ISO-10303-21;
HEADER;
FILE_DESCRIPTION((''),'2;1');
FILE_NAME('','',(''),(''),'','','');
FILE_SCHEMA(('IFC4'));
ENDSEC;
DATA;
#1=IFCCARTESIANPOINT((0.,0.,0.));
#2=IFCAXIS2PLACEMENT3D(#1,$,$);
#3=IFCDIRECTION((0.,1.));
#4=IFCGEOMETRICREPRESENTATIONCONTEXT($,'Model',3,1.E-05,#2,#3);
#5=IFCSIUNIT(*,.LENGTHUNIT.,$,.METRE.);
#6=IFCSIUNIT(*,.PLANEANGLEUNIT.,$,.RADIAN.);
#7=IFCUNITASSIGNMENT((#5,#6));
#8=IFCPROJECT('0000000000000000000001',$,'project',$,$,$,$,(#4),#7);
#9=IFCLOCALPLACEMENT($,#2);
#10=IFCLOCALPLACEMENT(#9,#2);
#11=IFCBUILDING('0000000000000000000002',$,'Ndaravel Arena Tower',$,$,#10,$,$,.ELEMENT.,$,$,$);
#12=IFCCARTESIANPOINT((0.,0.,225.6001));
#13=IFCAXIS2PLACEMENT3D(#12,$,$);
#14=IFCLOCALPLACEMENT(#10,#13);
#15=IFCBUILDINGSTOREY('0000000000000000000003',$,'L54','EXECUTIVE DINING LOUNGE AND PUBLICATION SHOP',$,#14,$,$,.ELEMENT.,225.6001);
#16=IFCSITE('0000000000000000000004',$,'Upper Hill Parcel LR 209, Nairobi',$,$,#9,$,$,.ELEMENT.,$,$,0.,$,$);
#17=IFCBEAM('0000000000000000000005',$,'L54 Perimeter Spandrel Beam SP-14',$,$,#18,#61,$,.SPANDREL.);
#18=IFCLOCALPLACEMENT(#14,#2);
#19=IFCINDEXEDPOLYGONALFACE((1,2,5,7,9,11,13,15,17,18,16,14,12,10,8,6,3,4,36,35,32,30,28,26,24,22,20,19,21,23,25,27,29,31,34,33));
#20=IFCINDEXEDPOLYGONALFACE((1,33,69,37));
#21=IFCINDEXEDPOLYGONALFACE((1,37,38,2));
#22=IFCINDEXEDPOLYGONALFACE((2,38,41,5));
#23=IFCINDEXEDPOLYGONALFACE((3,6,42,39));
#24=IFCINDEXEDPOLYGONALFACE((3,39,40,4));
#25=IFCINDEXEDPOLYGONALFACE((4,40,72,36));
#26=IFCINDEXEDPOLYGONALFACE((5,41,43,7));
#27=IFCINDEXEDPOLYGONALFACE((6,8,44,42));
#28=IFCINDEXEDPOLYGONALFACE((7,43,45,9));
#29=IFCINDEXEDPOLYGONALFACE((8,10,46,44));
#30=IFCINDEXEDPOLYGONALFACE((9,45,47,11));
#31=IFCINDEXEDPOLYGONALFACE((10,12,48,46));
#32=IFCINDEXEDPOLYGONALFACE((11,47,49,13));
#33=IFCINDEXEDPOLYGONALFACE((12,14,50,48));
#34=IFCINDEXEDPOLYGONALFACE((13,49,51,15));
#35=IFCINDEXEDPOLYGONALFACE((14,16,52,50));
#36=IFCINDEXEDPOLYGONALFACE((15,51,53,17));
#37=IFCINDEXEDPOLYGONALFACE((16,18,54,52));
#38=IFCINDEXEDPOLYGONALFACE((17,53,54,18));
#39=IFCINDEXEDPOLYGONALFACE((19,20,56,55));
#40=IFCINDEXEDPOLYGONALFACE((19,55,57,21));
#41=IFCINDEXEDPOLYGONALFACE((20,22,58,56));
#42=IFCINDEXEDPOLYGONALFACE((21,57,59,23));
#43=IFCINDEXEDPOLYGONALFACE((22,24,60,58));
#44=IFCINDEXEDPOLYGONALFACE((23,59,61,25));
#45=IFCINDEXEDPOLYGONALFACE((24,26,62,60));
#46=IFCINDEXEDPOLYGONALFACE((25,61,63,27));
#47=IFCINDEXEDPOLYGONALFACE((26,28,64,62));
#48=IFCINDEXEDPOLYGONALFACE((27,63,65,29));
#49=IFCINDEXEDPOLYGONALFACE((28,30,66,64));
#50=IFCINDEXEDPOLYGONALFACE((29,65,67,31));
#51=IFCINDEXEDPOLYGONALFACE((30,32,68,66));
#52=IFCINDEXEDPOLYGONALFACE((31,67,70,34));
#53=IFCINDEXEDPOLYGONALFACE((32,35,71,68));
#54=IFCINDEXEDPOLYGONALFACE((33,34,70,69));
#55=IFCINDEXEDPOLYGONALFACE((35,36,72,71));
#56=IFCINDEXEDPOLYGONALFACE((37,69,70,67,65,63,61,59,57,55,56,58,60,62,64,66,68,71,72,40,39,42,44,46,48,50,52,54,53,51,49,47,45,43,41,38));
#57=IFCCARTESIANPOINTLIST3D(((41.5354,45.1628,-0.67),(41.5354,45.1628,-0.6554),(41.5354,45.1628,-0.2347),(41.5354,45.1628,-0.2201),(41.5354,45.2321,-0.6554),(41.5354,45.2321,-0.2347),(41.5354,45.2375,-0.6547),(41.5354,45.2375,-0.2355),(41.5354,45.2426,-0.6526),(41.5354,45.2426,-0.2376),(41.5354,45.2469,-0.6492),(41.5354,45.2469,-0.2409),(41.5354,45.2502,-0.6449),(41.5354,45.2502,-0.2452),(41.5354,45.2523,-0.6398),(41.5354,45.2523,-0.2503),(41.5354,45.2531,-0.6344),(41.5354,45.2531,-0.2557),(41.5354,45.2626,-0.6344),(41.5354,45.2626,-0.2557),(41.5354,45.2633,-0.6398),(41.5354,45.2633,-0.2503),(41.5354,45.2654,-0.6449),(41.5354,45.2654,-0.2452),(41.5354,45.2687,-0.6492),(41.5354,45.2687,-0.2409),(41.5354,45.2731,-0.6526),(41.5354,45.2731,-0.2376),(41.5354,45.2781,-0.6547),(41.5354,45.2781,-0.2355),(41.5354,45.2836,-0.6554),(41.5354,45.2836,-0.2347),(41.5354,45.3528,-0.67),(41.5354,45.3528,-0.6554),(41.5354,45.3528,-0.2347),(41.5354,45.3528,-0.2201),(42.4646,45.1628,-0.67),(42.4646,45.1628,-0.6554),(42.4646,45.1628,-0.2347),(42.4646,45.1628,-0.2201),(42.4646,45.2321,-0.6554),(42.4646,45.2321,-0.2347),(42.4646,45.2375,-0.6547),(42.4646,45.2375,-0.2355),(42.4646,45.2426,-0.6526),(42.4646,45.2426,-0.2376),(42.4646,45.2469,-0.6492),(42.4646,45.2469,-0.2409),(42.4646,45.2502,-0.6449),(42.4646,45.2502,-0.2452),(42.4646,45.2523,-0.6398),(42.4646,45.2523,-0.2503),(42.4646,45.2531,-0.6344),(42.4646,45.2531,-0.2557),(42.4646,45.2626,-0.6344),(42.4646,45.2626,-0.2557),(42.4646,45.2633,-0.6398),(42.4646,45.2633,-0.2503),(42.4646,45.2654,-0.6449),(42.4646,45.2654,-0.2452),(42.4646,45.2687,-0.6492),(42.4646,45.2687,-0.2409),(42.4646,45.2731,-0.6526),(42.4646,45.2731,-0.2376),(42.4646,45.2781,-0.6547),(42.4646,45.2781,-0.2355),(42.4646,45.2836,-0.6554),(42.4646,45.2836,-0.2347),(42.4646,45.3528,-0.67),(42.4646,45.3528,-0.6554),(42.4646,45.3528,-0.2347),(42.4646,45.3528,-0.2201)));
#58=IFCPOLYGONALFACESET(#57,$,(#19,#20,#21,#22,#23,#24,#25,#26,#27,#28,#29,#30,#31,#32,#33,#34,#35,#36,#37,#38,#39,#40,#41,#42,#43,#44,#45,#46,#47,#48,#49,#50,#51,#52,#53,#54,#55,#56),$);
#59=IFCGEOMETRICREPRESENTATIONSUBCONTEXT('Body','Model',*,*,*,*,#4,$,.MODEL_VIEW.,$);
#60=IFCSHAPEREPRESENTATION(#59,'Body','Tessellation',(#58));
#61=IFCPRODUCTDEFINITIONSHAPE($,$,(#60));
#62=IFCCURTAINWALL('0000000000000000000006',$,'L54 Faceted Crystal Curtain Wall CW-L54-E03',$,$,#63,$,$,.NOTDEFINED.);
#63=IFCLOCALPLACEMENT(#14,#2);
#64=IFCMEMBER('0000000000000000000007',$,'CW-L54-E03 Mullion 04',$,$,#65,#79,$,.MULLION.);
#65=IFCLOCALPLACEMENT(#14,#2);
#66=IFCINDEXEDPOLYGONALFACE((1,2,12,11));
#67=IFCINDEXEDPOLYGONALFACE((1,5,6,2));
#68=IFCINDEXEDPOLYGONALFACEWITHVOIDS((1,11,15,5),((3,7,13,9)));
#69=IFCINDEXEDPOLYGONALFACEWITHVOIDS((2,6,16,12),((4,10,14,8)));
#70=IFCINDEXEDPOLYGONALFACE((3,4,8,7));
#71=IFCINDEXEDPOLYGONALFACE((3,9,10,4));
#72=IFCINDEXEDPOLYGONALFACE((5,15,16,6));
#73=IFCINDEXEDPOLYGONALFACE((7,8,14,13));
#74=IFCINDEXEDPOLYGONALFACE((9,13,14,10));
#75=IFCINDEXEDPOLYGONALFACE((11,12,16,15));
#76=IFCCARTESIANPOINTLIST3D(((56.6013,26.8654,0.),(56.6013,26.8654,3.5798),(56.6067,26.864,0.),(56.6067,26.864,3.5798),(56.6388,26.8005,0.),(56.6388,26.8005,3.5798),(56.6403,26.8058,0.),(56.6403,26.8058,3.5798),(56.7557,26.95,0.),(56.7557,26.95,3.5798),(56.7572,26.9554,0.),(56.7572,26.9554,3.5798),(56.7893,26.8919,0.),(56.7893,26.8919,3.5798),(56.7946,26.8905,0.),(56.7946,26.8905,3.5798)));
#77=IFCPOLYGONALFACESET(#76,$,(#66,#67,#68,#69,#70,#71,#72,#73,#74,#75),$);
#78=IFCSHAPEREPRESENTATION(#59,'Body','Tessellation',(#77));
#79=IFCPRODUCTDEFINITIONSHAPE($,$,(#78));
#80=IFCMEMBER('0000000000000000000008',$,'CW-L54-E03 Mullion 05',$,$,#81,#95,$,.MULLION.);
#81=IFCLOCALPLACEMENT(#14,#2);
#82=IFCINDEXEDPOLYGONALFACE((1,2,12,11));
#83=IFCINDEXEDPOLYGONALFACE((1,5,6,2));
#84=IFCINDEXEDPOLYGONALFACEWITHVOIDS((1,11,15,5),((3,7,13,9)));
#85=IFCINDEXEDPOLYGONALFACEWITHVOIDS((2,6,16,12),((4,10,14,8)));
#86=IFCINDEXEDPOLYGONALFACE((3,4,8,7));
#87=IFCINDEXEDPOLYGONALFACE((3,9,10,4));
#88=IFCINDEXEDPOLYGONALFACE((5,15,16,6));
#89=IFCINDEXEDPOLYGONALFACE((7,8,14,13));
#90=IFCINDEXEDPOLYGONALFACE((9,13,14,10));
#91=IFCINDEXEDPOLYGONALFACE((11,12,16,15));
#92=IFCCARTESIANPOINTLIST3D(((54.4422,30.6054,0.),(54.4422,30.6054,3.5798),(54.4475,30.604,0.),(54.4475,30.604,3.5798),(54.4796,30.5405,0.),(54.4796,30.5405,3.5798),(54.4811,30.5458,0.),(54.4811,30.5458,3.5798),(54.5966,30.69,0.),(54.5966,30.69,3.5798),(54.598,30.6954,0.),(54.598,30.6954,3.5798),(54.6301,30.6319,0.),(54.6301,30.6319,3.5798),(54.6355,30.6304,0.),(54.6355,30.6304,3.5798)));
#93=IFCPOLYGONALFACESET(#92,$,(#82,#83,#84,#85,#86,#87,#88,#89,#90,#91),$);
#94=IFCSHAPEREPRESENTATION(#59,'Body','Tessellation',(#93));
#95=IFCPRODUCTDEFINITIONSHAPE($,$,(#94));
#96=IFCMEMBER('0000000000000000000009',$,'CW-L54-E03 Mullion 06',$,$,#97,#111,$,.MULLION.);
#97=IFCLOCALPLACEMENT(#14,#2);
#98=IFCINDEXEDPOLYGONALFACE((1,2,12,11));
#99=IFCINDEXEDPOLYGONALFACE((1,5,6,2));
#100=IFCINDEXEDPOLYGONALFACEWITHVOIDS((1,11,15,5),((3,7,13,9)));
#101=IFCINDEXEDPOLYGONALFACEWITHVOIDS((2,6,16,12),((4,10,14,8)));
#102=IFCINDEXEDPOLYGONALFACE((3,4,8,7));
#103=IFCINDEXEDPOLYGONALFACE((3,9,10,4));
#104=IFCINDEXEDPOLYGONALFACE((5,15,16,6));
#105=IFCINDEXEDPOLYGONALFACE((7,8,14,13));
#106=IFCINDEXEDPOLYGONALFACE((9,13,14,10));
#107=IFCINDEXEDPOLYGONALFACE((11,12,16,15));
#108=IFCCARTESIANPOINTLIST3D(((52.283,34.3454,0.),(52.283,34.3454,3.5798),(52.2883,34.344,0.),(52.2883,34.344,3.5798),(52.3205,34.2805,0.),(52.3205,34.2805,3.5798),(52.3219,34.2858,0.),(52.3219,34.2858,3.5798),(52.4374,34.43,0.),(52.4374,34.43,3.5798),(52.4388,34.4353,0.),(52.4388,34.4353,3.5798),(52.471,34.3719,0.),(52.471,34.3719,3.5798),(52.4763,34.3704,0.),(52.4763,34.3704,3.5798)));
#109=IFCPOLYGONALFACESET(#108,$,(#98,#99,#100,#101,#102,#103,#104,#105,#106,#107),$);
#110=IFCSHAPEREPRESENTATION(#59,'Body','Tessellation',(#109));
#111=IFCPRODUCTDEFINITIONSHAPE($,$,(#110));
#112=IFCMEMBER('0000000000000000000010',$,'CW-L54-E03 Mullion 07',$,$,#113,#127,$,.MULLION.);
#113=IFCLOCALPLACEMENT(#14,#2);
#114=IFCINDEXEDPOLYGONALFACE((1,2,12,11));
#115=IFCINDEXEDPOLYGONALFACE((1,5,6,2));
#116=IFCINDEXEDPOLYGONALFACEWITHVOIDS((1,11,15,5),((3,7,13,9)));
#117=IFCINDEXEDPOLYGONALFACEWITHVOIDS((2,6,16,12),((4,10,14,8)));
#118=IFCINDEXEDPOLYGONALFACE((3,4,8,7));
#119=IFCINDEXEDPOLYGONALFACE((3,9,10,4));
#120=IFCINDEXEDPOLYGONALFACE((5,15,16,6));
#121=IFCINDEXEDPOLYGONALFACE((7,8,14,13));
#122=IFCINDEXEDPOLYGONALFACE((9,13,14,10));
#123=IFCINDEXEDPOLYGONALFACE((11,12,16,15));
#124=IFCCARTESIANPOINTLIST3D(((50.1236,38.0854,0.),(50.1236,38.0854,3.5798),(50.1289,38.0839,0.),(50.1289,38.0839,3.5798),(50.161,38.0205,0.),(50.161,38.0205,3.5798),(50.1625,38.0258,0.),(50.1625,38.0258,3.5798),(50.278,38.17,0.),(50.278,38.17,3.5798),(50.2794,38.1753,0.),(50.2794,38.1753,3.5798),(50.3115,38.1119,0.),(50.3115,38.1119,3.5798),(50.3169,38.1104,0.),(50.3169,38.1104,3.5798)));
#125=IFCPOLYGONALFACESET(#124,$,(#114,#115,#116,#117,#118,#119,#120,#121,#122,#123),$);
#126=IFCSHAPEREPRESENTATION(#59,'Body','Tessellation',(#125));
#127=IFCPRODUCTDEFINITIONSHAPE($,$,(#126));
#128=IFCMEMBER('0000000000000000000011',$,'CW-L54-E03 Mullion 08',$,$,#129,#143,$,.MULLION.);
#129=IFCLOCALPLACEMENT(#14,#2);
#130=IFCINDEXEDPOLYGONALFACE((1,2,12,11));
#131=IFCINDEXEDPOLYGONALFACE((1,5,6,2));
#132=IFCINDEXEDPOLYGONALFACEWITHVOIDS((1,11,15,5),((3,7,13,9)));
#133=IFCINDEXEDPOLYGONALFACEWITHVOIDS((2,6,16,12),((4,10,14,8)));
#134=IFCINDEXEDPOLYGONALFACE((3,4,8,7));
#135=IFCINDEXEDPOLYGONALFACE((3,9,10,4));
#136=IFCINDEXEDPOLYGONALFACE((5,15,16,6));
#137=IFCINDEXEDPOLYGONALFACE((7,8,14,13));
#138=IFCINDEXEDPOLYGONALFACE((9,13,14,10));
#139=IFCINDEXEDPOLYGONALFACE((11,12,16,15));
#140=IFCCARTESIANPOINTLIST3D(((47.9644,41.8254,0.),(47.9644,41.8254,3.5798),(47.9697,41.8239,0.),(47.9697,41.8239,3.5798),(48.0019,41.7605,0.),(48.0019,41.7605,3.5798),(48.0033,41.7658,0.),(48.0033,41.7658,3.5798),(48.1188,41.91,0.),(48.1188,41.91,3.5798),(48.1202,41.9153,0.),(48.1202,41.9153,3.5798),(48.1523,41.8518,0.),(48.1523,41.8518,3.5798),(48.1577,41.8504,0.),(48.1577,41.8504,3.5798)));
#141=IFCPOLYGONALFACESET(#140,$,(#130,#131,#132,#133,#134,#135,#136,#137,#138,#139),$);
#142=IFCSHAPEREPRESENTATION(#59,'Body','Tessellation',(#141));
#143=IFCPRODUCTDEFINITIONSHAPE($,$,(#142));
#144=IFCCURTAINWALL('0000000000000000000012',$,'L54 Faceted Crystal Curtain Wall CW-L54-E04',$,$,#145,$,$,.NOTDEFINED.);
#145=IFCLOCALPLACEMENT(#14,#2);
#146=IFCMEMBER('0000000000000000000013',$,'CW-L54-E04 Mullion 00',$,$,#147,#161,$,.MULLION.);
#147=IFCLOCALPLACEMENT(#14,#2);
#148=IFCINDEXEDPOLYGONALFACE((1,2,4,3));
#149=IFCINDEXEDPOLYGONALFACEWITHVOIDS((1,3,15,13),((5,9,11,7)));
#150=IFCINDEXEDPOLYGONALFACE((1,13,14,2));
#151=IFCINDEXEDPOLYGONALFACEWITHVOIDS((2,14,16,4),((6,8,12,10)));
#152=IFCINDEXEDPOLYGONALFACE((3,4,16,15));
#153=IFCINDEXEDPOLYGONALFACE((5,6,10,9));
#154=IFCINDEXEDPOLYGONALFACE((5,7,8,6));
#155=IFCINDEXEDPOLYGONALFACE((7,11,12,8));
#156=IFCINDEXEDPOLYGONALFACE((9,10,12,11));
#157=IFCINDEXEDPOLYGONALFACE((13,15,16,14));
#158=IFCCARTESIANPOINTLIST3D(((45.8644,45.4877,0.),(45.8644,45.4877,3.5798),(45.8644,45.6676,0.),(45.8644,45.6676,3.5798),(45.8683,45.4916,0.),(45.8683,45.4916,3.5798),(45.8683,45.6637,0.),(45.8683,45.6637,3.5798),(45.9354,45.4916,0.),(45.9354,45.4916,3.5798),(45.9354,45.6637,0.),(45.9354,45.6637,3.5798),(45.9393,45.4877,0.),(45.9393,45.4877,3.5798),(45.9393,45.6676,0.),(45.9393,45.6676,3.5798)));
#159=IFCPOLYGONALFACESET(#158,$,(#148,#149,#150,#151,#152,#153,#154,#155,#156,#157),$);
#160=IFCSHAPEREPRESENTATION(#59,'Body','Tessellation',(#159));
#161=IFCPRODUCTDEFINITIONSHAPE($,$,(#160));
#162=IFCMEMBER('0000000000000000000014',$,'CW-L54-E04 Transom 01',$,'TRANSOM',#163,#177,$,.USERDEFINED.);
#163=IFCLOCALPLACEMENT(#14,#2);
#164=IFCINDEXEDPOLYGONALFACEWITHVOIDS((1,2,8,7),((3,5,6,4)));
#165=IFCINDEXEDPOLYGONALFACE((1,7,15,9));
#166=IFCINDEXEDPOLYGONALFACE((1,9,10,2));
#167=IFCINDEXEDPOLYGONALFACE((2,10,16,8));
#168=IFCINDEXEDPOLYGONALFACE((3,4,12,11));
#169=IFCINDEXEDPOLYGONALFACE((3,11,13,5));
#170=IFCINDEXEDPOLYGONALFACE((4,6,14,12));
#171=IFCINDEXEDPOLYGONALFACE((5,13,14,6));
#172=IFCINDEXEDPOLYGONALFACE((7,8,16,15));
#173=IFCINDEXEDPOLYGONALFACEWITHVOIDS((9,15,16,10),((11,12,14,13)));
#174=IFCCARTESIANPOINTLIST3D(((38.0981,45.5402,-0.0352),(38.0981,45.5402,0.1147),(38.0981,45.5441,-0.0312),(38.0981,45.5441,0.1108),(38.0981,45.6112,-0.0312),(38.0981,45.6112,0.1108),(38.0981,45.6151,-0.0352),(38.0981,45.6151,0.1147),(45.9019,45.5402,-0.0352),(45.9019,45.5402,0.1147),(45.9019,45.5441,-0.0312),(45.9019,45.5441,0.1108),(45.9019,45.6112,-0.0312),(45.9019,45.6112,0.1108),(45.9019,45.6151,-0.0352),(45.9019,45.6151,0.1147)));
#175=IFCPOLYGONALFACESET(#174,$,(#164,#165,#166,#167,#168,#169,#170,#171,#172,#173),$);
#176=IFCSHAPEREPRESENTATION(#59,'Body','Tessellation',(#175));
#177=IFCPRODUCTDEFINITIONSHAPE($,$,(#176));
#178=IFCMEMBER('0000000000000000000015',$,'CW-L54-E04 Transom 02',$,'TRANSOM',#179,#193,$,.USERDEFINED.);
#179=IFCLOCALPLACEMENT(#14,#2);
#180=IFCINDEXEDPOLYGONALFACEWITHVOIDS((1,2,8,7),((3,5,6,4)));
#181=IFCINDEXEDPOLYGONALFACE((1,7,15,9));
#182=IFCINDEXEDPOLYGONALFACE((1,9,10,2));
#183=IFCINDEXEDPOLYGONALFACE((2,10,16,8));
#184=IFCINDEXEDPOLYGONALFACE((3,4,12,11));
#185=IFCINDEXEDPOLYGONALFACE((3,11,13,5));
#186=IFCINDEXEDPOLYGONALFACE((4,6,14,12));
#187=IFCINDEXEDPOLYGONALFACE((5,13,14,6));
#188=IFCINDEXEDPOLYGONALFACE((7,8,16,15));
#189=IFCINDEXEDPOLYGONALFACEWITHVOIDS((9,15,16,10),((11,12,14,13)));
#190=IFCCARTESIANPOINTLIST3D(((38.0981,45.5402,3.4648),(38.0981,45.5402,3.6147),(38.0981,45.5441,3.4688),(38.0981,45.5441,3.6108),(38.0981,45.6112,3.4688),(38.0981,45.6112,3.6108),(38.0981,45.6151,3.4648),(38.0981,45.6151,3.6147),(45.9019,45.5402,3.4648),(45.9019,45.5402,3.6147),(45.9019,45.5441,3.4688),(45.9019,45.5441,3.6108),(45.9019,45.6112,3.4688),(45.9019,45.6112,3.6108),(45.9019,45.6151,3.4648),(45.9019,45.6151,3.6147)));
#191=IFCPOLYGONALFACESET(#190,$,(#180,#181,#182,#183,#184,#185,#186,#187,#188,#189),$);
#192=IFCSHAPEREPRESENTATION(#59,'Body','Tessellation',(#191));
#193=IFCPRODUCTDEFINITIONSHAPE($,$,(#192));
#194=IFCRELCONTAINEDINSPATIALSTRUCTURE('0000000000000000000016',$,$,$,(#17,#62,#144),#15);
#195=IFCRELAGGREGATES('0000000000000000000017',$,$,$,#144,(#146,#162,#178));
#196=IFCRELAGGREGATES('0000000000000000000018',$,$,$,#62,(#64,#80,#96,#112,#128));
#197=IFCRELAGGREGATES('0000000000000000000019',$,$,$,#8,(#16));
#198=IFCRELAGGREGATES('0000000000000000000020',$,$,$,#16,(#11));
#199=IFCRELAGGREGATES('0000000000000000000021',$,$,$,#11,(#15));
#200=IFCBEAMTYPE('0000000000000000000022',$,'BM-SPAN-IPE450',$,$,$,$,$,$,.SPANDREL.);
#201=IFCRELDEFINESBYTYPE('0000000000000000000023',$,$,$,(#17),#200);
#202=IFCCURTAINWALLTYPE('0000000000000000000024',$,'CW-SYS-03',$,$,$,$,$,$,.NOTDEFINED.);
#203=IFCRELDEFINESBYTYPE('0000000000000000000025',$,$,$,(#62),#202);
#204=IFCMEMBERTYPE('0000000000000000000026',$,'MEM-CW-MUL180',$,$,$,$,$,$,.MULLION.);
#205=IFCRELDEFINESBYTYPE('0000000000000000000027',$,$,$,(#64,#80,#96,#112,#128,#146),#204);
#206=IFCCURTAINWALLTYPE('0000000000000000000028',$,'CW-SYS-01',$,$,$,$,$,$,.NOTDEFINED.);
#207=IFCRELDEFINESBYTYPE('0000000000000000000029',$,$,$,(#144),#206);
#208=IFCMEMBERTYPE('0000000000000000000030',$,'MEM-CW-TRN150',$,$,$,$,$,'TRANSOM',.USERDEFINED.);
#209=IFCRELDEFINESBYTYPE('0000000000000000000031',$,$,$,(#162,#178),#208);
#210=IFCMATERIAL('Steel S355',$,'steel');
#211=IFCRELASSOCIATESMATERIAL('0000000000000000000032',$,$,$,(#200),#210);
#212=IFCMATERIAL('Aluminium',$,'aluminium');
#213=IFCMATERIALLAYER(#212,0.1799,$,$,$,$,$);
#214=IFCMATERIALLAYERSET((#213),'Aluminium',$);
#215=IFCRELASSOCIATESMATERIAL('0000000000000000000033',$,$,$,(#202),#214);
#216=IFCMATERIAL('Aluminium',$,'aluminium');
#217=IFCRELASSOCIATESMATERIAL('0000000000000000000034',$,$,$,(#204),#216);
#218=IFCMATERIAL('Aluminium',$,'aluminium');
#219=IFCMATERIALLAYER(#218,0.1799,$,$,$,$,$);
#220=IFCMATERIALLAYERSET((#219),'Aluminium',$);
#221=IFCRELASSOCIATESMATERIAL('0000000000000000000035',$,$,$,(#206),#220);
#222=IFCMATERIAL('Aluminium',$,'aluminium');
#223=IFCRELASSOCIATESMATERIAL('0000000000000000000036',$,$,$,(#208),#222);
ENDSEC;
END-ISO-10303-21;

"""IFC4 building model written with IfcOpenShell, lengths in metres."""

from ifc_helpers import new_model, si_unit, direction, frame, origin, origin_2d, place, context, subcontext, project, spatial, hollow_rectangle, i_section, extrude, material, layer, layer_set, material_profile, profile_set, type_object, element, aggregate, save


model = new_model("IFC4")

# Units and contexts
model_context = context("Model", 3, precision=1e-05, world=origin(), true_north=direction((0.0, 1.0)))
body_context = subcontext(model_context, "Body", "Model", "MODEL_VIEW")
ifc_project = project(units=[si_unit("LENGTHUNIT", "METRE"), si_unit("PLANEANGLEUNIT", "RADIAN")], contexts=[model_context])

# Site, building, storey
site_placement = place(None, origin())
site = spatial("IfcSite", under=ifc_project, at=site_placement, Name="Upper Hill Parcel LR 209, Nairobi", CompositionType="ELEMENT", RefElevation=0.0)
building_placement = place(site_placement, origin())
building = spatial("IfcBuilding", under=site, at=building_placement, Name="Ndaravel Arena Tower", CompositionType="ELEMENT")
storey_placement = place(building_placement, frame((0.0, 0.0, 225.6001)))
storey = spatial("IfcBuildingStorey", under=building, at=storey_placement, Name="L54", Description="EXECUTIVE DINING LOUNGE AND PUBLICATION SHOP", CompositionType="ELEMENT", Elevation=225.6001)

# Beam
ifc_material_1 = material(Name="Steel S355", Category="steel")
ifc_material_profile_1 = material_profile(ifc_material_1, i_section(OverallWidth=0.1899, OverallDepth=0.45, WebThickness=0.0095, FlangeThickness=0.0146, FilletRadius=0.021, at=origin_2d()), Name="IPE 450")
ifc_profile_set_1 = profile_set([ifc_material_profile_1], Name="Steel S355")
beam_type_1 = type_object("IfcBeamType", Name="BM-SPAN-IPE450", PredefinedType="SPANDREL", material=ifc_profile_set_1)
for number, where, z_axis, x_axis, name in (
    (1, (42.4646, 45.2578, -0.4451), (-1.0, 0.0, 0.0), (0.0, -1.0, 0.0), "L54 Perimeter Spandrel Beam SP-14"),
):
    element("IfcBeam", number, at=place(storey_placement, frame(where, z_axis=z_axis, x_axis=x_axis)), inside=storey, type_object=beam_type_1, Name=name, PredefinedType="SPANDREL", context=body_context, shape_type="SweptSolid", body=[
        extrude(i_section(OverallWidth=0.1899, OverallDepth=0.45, WebThickness=0.0095, FlangeThickness=0.0146, FilletRadius=0.021, at=origin_2d()), origin(), (0.0, 0.0, 1.0), 0.9292),
    ])

# Curtain wall, members
ifc_material_2 = material(Name="Aluminium", Category="aluminium")
ifc_layer_1 = layer(ifc_material_2, 0.1799)
ifc_layer_set_1 = layer_set([ifc_layer_1], Name="Aluminium")
curtain_wall_type_1 = type_object("IfcCurtainWallType", Name="CW-SYS-03", PredefinedType="NOTDEFINED", material=ifc_layer_set_1)
curtain_wall_1_placement = place(storey_placement, origin())
curtain_wall_1 = element("IfcCurtainWall", 2, at=curtain_wall_1_placement, inside=storey, type_object=curtain_wall_type_1, Name="L54 Faceted Crystal Curtain Wall CW-L54-E03", PredefinedType="NOTDEFINED")
ifc_material_3 = material(Name="Aluminium", Category="aluminium")
ifc_material_profile_2 = material_profile(ifc_material_3, hollow_rectangle(XDim=0.075, YDim=0.1799, WallThickness=0.0039, at=origin_2d()), Name="CW MULLION 75x180x4")
ifc_profile_set_2 = profile_set([ifc_material_profile_2], Name="Aluminium")
member_type_1 = type_object("IfcMemberType", Name="MEM-CW-MUL180", PredefinedType="MULLION", material=ifc_profile_set_2)
member_1_placement = place(storey_placement, frame((56.698, 26.8779, 0.0), z_axis=(0.0, 0.0, 1.0), x_axis=(-0.5, 0.866025, 0.0)))
member_1 = element("IfcMember", 3, at=member_1_placement, type_object=member_type_1, Name="CW-L54-E03 Mullion 04", PredefinedType="MULLION", context=body_context, shape_type="SweptSolid", body=[
    extrude(hollow_rectangle(XDim=0.075, YDim=0.1799, WallThickness=0.0039, at=origin_2d()), origin(), (0.0, 0.0, 1.0), 3.5798),
])
member_2_placement = place(storey_placement, frame((54.5388, 30.6179, 0.0), z_axis=(0.0, 0.0, 1.0), x_axis=(-0.5, 0.866025, 0.0)))
member_2 = element("IfcMember", 4, at=member_2_placement, type_object=member_type_1, Name="CW-L54-E03 Mullion 05", PredefinedType="MULLION", context=body_context, shape_type="SweptSolid", body=[
    extrude(hollow_rectangle(XDim=0.075, YDim=0.1799, WallThickness=0.0039, at=origin_2d()), origin(), (0.0, 0.0, 1.0), 3.5798),
])
member_3_placement = place(storey_placement, frame((52.3796, 34.3579, 0.0), z_axis=(0.0, 0.0, 1.0), x_axis=(-0.5, 0.866025, 0.0)))
member_3 = element("IfcMember", 5, at=member_3_placement, type_object=member_type_1, Name="CW-L54-E03 Mullion 06", PredefinedType="MULLION", context=body_context, shape_type="SweptSolid", body=[
    extrude(hollow_rectangle(XDim=0.075, YDim=0.1799, WallThickness=0.0039, at=origin_2d()), origin(), (0.0, 0.0, 1.0), 3.5798),
])
member_4_placement = place(storey_placement, frame((50.2202, 38.0979, 0.0), z_axis=(0.0, 0.0, 1.0), x_axis=(-0.5, 0.866025, 0.0)))
member_4 = element("IfcMember", 6, at=member_4_placement, type_object=member_type_1, Name="CW-L54-E03 Mullion 07", PredefinedType="MULLION", context=body_context, shape_type="SweptSolid", body=[
    extrude(hollow_rectangle(XDim=0.075, YDim=0.1799, WallThickness=0.0039, at=origin_2d()), origin(), (0.0, 0.0, 1.0), 3.5798),
])
member_5_placement = place(storey_placement, frame((48.061, 41.8379, 0.0), z_axis=(0.0, 0.0, 1.0), x_axis=(-0.5, 0.866025, 0.0)))
member_5 = element("IfcMember", 7, at=member_5_placement, type_object=member_type_1, Name="CW-L54-E03 Mullion 08", PredefinedType="MULLION", context=body_context, shape_type="SweptSolid", body=[
    extrude(hollow_rectangle(XDim=0.075, YDim=0.1799, WallThickness=0.0039, at=origin_2d()), origin(), (0.0, 0.0, 1.0), 3.5798),
])

# Curtain wall, members
ifc_material_4 = material(Name="Aluminium", Category="aluminium")
ifc_layer_2 = layer(ifc_material_4, 0.1799)
ifc_layer_set_2 = layer_set([ifc_layer_2], Name="Aluminium")
curtain_wall_type_2 = type_object("IfcCurtainWallType", Name="CW-SYS-01", PredefinedType="NOTDEFINED", material=ifc_layer_set_2)
curtain_wall_2_placement = place(storey_placement, origin())
curtain_wall_2 = element("IfcCurtainWall", 8, at=curtain_wall_2_placement, inside=storey, type_object=curtain_wall_type_2, Name="L54 Faceted Crystal Curtain Wall CW-L54-E04", PredefinedType="NOTDEFINED")
member_6_placement = place(storey_placement, frame((45.9019, 45.5776, 0.0), z_axis=(0.0, 0.0, 1.0), x_axis=(-1.0, 0.0, 0.0)))
member_6 = element("IfcMember", 9, at=member_6_placement, type_object=member_type_1, Name="CW-L54-E04 Mullion 00", PredefinedType="MULLION", context=body_context, shape_type="SweptSolid", body=[
    extrude(hollow_rectangle(XDim=0.075, YDim=0.1799, WallThickness=0.0039, at=origin_2d()), origin(), (0.0, 0.0, 1.0), 3.5798),
])
ifc_material_5 = material(Name="Aluminium", Category="aluminium")
ifc_material_profile_3 = material_profile(ifc_material_5, hollow_rectangle(XDim=0.075, YDim=0.1499, WallThickness=0.0039, at=origin_2d()), Name="CW TRANSOM 75x150x4")
ifc_profile_set_3 = profile_set([ifc_material_profile_3], Name="Aluminium")
member_type_2 = type_object("IfcMemberType", Name="MEM-CW-TRN150", ElementType="TRANSOM", PredefinedType="USERDEFINED", material=ifc_profile_set_3)
member_7_placement = place(storey_placement, frame((45.9019, 45.5776, 0.0398), z_axis=(-1.0, 0.0, 0.0), x_axis=(0.0, -1.0, 0.0)))
member_7 = element("IfcMember", 10, at=member_7_placement, type_object=member_type_2, Name="CW-L54-E04 Transom 01", ObjectType="TRANSOM", PredefinedType="USERDEFINED", context=body_context, shape_type="SweptSolid", body=[
    extrude(hollow_rectangle(XDim=0.075, YDim=0.1499, WallThickness=0.0039, at=origin_2d()), origin(), (0.0, 0.0, 1.0), 7.8037),
])
member_8_placement = place(storey_placement, frame((45.9019, 45.5776, 3.5398), z_axis=(-1.0, 0.0, 0.0), x_axis=(0.0, -1.0, 0.0)))
member_8 = element("IfcMember", 11, at=member_8_placement, type_object=member_type_2, Name="CW-L54-E04 Transom 02", ObjectType="TRANSOM", PredefinedType="USERDEFINED", context=body_context, shape_type="SweptSolid", body=[
    extrude(hollow_rectangle(XDim=0.075, YDim=0.1499, WallThickness=0.0039, at=origin_2d()), origin(), (0.0, 0.0, 1.0), 7.8037),
])
aggregate(curtain_wall_2, [member_6, member_7, member_8])

aggregate(curtain_wall_1, [member_1, member_2, member_3, member_4, member_5])

save(model, "model.ifc")
